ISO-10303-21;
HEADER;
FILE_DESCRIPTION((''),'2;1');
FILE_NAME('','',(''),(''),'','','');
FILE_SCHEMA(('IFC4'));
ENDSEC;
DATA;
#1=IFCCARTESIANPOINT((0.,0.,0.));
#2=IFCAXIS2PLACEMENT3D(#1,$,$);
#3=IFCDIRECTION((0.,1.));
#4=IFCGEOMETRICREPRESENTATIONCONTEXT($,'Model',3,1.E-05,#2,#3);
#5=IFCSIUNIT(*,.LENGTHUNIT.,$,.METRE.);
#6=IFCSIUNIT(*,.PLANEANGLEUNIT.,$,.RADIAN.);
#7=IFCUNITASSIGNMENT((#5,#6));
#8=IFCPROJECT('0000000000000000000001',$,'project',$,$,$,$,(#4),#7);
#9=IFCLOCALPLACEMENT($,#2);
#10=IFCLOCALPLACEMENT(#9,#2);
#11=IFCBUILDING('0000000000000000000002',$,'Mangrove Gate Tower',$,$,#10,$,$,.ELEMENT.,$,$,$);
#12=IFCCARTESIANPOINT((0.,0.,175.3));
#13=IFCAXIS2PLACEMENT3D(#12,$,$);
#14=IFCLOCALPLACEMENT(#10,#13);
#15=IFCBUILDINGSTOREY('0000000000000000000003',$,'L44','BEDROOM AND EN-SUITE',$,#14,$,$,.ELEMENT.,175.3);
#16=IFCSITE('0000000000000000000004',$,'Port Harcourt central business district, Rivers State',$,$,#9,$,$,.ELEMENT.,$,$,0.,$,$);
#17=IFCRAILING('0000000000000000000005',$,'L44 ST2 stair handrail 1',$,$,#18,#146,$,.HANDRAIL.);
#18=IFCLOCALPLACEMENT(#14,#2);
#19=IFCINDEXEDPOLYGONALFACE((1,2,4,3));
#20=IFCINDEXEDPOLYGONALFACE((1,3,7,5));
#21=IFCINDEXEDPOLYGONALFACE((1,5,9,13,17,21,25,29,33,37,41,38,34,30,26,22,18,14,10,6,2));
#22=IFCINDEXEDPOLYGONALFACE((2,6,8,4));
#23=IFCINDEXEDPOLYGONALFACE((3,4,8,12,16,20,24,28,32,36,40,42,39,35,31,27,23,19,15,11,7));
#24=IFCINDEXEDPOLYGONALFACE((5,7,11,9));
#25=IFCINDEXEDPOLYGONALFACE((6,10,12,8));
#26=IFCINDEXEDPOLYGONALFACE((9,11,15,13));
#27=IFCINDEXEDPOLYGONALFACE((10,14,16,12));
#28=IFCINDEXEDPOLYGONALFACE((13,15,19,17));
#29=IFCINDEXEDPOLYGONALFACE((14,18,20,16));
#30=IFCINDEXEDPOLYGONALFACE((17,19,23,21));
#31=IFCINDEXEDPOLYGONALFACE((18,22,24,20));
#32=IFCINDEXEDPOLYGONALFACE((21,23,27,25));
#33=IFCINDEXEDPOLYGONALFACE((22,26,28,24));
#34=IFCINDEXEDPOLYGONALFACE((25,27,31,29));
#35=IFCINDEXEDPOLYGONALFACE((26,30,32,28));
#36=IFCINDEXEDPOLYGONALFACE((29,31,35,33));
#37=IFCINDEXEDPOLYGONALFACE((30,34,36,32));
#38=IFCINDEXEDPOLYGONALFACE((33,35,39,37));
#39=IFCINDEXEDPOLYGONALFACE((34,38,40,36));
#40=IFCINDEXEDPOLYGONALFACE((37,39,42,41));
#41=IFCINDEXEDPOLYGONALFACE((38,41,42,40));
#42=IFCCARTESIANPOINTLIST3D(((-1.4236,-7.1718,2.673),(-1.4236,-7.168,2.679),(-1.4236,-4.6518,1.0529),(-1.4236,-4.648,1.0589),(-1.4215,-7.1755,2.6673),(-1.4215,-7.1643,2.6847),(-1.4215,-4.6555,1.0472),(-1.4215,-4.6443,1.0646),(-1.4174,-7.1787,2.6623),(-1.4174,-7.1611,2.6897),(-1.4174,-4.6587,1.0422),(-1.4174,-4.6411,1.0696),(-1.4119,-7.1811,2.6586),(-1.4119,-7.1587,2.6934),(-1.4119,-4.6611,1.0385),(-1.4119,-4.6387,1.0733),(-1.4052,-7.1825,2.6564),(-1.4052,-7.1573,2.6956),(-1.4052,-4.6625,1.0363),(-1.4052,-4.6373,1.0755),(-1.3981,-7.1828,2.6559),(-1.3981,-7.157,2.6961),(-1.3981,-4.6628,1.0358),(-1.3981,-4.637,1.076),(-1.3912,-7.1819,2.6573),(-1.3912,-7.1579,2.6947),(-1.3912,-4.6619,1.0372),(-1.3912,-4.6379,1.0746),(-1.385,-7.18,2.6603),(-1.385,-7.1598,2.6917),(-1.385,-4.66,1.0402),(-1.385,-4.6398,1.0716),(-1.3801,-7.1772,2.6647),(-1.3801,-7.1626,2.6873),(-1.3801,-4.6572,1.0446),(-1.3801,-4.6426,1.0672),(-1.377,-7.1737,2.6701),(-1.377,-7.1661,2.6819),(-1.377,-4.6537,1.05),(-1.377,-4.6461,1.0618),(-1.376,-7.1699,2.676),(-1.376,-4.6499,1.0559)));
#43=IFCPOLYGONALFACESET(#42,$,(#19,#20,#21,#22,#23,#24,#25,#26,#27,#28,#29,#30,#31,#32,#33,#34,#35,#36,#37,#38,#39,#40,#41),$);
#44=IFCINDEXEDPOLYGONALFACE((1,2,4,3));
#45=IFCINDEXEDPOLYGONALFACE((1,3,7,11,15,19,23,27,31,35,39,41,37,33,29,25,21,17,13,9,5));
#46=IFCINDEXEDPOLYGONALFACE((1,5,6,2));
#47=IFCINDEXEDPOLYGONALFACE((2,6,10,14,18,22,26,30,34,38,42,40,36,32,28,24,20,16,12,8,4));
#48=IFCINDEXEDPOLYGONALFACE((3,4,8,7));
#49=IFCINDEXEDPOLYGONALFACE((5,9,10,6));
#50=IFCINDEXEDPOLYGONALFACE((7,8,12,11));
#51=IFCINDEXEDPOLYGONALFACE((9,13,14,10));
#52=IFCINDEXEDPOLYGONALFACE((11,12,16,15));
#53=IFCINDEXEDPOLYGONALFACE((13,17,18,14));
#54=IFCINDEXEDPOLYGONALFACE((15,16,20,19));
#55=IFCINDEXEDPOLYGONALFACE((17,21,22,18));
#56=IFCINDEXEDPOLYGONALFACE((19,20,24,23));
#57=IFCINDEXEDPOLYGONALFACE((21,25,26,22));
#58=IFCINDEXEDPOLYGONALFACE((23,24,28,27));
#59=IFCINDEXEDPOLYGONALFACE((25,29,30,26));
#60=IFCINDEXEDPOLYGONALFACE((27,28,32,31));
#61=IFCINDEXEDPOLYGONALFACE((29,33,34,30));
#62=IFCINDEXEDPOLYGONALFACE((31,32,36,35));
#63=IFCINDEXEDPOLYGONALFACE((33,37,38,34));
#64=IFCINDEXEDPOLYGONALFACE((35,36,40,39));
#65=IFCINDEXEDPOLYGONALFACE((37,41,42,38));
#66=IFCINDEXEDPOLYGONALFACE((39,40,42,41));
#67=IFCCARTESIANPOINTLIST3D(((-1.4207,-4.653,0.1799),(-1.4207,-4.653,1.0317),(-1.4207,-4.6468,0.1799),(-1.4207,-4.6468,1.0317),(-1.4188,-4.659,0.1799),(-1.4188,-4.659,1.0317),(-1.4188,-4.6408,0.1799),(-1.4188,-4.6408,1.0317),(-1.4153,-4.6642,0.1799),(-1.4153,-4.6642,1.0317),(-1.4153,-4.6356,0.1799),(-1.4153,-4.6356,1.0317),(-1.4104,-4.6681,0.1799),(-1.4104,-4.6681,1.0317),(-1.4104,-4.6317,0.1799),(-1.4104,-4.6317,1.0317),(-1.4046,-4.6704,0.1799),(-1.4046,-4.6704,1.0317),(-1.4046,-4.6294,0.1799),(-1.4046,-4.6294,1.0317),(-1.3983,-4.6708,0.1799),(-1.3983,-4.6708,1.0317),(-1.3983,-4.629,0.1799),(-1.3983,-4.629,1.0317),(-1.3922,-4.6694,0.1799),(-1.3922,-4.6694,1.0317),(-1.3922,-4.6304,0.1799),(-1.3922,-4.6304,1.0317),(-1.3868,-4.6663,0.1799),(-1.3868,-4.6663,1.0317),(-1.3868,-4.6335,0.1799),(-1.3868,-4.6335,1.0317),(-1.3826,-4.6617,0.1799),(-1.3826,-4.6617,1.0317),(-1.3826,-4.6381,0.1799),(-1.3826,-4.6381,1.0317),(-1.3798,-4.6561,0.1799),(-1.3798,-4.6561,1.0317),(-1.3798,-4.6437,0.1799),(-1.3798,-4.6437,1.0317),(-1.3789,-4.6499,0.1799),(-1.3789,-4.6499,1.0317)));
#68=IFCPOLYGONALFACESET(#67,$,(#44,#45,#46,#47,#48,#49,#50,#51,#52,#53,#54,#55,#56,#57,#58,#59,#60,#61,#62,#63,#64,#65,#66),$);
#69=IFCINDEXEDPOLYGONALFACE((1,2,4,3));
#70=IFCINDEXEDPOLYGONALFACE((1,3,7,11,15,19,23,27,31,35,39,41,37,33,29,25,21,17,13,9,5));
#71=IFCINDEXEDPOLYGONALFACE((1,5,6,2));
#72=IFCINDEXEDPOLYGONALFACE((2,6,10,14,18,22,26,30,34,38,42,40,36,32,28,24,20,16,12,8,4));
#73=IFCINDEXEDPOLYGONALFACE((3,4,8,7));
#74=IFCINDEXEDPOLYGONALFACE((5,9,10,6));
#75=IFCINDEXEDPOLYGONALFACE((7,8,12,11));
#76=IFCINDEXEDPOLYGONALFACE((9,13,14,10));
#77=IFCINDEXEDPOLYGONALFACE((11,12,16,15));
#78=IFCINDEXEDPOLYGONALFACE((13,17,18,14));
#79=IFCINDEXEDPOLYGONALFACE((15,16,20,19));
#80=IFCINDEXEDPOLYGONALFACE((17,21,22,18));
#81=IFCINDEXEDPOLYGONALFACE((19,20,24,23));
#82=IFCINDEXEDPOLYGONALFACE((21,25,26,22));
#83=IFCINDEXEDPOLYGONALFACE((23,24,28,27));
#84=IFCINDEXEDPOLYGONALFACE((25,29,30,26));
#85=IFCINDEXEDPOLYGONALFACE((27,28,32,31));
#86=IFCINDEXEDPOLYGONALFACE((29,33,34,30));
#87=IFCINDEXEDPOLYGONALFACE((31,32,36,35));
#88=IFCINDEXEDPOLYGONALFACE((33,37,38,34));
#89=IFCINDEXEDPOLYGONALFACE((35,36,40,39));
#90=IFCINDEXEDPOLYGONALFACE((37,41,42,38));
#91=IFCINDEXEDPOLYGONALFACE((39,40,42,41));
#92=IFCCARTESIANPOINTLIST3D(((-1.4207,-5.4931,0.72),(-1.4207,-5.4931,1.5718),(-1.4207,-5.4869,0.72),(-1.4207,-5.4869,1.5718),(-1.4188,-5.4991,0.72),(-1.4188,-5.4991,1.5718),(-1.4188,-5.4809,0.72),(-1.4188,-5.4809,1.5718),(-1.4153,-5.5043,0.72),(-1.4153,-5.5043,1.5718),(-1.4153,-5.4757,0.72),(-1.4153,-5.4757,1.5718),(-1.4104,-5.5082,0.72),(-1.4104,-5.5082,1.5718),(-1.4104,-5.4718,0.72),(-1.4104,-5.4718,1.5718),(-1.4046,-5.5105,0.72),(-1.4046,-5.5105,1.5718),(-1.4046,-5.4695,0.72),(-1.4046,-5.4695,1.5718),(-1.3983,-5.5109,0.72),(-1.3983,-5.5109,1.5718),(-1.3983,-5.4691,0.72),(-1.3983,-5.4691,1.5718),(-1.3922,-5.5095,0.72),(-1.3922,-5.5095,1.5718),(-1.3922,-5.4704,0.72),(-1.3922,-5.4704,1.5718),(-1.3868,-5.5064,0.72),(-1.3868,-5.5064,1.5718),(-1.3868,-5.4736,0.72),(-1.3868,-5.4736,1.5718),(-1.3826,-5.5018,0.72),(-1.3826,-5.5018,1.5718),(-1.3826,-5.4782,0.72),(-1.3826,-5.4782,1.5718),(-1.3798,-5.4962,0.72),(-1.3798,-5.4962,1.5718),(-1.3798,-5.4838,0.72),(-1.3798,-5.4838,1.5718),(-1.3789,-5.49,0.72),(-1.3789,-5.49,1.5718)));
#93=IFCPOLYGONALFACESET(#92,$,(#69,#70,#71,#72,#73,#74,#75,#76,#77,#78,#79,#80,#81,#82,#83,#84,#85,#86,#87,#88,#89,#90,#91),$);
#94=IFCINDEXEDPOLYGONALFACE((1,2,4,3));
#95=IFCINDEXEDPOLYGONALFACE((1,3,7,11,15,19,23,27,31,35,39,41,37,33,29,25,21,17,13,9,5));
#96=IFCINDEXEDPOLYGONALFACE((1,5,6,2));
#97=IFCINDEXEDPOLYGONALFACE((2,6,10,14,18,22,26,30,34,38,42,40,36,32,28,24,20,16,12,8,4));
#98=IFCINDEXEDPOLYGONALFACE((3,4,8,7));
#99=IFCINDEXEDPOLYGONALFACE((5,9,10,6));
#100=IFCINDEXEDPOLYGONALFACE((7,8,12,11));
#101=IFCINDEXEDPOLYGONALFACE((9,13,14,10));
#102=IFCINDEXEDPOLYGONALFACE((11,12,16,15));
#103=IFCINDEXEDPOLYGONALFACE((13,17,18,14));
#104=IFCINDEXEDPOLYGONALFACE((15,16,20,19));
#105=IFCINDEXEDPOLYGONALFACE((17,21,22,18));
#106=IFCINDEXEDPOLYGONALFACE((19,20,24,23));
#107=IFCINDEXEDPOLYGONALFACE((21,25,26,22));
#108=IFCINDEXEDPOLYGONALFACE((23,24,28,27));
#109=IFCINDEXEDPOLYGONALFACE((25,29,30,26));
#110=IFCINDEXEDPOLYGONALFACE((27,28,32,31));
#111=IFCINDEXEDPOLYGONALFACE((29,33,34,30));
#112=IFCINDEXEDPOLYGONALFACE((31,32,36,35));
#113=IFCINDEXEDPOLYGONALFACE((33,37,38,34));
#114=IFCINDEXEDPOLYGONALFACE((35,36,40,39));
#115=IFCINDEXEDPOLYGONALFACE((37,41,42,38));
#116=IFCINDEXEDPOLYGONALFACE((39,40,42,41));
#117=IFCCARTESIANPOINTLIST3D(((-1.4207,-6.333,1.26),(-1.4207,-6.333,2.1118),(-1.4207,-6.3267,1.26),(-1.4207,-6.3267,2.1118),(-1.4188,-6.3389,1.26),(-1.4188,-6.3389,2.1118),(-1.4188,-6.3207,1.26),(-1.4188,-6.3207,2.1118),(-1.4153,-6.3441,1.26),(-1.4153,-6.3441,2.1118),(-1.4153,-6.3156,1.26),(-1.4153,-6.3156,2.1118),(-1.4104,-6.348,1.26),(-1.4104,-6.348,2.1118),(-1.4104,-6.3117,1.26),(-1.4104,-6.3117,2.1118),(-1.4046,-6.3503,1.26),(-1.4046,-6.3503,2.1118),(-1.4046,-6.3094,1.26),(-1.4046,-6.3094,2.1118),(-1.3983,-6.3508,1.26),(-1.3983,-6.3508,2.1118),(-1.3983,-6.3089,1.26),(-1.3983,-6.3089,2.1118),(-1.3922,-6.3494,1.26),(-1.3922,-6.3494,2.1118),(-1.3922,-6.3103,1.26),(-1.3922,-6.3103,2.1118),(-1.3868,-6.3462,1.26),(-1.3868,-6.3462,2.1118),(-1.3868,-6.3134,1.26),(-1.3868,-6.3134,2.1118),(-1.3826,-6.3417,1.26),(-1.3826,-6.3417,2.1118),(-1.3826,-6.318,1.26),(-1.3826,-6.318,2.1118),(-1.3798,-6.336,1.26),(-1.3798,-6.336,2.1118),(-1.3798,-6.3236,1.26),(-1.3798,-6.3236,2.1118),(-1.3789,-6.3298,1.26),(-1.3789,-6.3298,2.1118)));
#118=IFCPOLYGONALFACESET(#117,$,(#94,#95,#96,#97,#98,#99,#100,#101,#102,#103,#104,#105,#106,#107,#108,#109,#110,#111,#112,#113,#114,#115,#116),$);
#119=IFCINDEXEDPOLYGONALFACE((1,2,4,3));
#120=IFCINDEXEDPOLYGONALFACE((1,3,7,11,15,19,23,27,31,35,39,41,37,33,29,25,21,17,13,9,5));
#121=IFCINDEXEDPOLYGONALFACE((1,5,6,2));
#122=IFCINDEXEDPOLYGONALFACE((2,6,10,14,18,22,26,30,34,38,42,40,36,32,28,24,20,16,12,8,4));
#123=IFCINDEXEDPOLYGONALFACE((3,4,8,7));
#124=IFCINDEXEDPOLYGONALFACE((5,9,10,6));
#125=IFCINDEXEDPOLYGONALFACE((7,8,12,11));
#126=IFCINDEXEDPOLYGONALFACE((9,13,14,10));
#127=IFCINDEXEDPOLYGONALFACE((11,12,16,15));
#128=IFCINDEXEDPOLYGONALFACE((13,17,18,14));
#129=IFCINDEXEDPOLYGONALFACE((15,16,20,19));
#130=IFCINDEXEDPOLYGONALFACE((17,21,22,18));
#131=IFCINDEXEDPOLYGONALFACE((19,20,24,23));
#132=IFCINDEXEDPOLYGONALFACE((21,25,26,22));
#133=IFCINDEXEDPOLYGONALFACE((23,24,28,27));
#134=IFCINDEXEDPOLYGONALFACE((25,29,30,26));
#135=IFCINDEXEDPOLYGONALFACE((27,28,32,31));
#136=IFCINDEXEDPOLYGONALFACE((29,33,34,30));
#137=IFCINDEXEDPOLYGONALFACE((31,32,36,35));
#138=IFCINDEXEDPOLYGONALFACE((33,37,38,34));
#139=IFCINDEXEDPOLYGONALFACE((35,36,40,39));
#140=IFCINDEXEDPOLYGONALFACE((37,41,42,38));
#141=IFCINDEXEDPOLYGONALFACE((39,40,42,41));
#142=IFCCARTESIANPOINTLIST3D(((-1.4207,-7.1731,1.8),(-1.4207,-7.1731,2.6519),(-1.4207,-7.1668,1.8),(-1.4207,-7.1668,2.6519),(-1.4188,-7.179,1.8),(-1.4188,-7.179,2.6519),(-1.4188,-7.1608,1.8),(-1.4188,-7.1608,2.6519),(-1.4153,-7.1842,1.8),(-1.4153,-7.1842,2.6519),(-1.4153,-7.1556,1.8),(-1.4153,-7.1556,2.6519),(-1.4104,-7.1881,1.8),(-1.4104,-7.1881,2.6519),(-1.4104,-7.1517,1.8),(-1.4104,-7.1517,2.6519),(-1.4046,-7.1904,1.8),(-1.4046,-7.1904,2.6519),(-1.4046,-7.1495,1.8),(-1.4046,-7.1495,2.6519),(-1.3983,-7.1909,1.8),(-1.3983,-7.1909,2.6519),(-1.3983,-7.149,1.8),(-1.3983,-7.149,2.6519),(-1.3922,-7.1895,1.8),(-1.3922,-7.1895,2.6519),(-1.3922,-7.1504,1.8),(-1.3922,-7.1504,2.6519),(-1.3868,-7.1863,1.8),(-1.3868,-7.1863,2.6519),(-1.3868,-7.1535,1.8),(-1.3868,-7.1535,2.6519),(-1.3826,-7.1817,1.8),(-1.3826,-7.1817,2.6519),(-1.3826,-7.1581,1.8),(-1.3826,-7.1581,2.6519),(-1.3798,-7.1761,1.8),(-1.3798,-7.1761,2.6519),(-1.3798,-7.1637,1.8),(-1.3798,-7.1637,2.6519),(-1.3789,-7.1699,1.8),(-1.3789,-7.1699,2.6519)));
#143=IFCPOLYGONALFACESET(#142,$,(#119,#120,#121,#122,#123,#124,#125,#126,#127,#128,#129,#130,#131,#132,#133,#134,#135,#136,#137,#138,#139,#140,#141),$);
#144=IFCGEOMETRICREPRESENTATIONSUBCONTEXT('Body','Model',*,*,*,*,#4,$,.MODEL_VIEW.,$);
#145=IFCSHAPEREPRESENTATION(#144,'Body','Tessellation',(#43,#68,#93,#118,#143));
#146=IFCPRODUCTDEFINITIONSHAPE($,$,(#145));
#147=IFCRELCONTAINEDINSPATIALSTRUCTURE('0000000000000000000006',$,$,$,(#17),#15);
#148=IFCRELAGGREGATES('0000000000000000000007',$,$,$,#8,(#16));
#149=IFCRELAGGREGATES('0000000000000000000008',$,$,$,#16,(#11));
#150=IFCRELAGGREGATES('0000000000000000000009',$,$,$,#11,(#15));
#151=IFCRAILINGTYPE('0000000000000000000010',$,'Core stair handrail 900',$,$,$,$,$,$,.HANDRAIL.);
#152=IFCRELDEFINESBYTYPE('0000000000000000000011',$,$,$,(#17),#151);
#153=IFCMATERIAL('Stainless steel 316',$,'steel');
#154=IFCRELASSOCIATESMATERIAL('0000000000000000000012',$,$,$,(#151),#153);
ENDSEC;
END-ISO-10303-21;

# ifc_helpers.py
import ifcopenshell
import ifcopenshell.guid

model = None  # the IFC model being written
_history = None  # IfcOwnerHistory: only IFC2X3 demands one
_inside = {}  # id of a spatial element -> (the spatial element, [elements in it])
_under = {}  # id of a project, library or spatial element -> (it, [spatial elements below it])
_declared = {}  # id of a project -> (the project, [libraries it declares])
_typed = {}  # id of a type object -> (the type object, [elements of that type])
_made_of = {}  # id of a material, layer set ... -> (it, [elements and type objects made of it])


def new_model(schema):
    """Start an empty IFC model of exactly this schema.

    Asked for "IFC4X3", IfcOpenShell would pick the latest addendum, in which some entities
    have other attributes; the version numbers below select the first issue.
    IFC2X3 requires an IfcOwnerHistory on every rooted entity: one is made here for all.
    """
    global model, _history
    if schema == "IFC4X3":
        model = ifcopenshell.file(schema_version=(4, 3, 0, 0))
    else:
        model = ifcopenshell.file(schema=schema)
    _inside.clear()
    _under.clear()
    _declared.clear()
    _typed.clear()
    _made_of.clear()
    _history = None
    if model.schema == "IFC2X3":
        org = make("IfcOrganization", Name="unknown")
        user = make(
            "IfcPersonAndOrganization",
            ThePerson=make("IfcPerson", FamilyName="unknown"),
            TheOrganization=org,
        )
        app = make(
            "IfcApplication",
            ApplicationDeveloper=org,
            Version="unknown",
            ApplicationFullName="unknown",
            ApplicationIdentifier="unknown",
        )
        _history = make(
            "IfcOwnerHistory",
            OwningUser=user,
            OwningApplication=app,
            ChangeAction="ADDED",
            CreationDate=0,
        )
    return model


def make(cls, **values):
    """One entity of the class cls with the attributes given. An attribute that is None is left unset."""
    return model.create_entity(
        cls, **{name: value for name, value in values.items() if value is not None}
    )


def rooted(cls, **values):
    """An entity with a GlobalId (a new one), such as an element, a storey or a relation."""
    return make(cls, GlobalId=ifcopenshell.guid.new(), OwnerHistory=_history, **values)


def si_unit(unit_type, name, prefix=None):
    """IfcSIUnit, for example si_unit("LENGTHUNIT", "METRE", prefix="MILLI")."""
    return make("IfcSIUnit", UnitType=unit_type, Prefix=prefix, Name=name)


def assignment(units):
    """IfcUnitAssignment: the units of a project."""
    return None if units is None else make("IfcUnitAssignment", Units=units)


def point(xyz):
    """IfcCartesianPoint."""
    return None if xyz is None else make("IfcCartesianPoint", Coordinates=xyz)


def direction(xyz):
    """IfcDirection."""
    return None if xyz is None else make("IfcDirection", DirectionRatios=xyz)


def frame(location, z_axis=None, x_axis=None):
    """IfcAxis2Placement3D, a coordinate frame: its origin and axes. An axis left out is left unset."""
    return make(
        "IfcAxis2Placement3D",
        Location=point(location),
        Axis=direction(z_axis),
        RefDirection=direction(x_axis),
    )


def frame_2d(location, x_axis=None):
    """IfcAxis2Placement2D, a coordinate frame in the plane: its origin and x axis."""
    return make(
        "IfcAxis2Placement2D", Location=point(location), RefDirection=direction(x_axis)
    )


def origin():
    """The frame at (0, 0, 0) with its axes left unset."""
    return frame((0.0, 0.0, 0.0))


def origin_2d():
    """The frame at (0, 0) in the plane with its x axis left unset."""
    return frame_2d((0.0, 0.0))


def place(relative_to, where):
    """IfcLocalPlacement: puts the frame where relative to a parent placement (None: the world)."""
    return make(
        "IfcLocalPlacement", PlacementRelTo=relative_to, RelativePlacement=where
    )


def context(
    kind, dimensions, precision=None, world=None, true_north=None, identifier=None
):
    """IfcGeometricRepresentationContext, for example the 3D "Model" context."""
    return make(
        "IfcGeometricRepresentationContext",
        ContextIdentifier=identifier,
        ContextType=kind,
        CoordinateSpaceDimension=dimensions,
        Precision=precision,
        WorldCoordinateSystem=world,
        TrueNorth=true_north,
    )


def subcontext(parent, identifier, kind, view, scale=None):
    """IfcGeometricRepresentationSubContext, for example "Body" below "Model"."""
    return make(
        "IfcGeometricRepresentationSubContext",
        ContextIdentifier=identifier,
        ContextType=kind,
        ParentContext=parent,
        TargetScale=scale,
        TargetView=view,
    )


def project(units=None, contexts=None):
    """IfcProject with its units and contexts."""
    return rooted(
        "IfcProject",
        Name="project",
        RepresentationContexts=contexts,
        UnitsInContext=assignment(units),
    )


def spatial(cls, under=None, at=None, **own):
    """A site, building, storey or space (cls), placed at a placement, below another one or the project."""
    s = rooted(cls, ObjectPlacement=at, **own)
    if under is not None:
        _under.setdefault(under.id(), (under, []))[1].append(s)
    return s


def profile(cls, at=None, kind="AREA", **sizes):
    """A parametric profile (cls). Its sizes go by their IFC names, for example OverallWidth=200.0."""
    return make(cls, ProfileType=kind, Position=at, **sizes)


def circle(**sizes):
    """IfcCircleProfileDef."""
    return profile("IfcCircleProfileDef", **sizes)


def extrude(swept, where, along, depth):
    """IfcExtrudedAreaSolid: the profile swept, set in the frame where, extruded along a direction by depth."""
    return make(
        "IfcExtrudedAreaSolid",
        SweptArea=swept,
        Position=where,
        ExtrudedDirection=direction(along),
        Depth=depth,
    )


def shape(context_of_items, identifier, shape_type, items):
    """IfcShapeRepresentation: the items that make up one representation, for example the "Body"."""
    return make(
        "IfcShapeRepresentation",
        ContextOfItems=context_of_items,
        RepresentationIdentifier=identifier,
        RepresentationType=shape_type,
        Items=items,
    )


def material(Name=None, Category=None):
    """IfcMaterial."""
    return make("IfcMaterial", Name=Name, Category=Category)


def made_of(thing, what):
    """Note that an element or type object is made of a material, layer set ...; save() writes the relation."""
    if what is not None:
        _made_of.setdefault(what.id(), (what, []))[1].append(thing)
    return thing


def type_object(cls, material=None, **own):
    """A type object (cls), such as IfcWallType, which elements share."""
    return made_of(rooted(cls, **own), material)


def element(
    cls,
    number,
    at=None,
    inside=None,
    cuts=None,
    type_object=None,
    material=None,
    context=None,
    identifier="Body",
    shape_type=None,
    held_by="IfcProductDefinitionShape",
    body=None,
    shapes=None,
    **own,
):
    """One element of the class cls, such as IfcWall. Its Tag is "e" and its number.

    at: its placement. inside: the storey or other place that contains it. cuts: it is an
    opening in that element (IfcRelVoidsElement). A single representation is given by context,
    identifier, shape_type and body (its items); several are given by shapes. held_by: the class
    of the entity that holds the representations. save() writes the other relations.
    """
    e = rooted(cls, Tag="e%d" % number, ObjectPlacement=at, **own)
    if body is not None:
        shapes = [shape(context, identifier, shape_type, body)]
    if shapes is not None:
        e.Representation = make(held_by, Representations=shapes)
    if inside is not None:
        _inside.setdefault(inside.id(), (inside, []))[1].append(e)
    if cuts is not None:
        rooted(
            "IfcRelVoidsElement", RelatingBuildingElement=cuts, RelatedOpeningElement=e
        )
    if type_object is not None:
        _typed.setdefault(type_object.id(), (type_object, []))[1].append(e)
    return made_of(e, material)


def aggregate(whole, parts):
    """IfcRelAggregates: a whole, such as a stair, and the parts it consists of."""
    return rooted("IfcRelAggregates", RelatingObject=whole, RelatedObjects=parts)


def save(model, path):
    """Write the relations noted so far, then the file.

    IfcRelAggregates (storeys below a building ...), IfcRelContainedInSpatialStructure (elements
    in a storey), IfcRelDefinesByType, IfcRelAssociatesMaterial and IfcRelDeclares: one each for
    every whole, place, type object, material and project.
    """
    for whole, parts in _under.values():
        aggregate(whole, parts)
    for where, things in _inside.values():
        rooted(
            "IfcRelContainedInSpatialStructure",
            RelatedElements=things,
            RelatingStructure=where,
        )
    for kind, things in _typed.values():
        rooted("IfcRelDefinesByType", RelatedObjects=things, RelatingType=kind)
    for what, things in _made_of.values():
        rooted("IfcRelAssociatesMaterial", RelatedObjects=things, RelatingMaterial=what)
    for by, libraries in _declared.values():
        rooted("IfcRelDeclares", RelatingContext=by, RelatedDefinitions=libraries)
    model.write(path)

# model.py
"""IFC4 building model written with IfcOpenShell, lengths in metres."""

from ifc_helpers import new_model, si_unit, direction, frame, origin, origin_2d, place, context, subcontext, project, spatial, circle, extrude, material, type_object, element, save


model = new_model("IFC4")

# Units and contexts
model_context = context("Model", 3, precision=1e-05, world=origin(), true_north=direction((0.0, 1.0)))
body_context = subcontext(model_context, "Body", "Model", "MODEL_VIEW")
ifc_project = project(units=[si_unit("LENGTHUNIT", "METRE"), si_unit("PLANEANGLEUNIT", "RADIAN")], contexts=[model_context])

# Site, building, storey
site_placement = place(None, origin())
site = spatial("IfcSite", under=ifc_project, at=site_placement, Name="Port Harcourt central business district, Rivers State", CompositionType="ELEMENT", RefElevation=0.0)
building_placement = place(site_placement, origin())
building = spatial("IfcBuilding", under=site, at=building_placement, Name="Mangrove Gate Tower", CompositionType="ELEMENT")
storey_placement = place(building_placement, frame((0.0, 0.0, 175.3)))
storey = spatial("IfcBuildingStorey", under=building, at=storey_placement, Name="L44", Description="BEDROOM AND EN-SUITE", CompositionType="ELEMENT", Elevation=175.3)

# Railing
ifc_material_1 = material(Name="Stainless steel 316", Category="steel")
railing_type_1 = type_object("IfcRailingType", Name="Core stair handrail 900", PredefinedType="HANDRAIL", material=ifc_material_1)
railing_1_placement = place(storey_placement, frame((-1.3999, -4.6499, 0.1799)))
element("IfcRailing", 1, at=railing_1_placement, inside=storey, type_object=railing_type_1, Name="L44 ST2 stair handrail 1", PredefinedType="HANDRAIL", context=body_context, shape_type="SweptSolid", body=[
    extrude(circle(Radius=0.0239, at=origin_2d()), frame((0.0, 0.0, 0.876), z_axis=(0.0, -0.841163, 0.540782), x_axis=(1.0, 0.0, 0.0)), (0.0, 0.0, 1.0), 2.9958),
    extrude(circle(Radius=0.021, at=origin_2d()), origin(), (0.0, 0.0, 1.0), 0.8518),
    extrude(circle(Radius=0.021, at=origin_2d()), frame((0.0, -0.8401, 0.54)), (0.0, 0.0, 1.0), 0.8518),
    extrude(circle(Radius=0.021, at=origin_2d()), frame((0.0, -1.6799, 1.0801)), (0.0, 0.0, 1.0), 0.8518),
    extrude(circle(Radius=0.021, at=origin_2d()), frame((0.0, -2.52, 1.6201)), (0.0, 0.0, 1.0), 0.8518),
])

save(model, "model.ifc")
